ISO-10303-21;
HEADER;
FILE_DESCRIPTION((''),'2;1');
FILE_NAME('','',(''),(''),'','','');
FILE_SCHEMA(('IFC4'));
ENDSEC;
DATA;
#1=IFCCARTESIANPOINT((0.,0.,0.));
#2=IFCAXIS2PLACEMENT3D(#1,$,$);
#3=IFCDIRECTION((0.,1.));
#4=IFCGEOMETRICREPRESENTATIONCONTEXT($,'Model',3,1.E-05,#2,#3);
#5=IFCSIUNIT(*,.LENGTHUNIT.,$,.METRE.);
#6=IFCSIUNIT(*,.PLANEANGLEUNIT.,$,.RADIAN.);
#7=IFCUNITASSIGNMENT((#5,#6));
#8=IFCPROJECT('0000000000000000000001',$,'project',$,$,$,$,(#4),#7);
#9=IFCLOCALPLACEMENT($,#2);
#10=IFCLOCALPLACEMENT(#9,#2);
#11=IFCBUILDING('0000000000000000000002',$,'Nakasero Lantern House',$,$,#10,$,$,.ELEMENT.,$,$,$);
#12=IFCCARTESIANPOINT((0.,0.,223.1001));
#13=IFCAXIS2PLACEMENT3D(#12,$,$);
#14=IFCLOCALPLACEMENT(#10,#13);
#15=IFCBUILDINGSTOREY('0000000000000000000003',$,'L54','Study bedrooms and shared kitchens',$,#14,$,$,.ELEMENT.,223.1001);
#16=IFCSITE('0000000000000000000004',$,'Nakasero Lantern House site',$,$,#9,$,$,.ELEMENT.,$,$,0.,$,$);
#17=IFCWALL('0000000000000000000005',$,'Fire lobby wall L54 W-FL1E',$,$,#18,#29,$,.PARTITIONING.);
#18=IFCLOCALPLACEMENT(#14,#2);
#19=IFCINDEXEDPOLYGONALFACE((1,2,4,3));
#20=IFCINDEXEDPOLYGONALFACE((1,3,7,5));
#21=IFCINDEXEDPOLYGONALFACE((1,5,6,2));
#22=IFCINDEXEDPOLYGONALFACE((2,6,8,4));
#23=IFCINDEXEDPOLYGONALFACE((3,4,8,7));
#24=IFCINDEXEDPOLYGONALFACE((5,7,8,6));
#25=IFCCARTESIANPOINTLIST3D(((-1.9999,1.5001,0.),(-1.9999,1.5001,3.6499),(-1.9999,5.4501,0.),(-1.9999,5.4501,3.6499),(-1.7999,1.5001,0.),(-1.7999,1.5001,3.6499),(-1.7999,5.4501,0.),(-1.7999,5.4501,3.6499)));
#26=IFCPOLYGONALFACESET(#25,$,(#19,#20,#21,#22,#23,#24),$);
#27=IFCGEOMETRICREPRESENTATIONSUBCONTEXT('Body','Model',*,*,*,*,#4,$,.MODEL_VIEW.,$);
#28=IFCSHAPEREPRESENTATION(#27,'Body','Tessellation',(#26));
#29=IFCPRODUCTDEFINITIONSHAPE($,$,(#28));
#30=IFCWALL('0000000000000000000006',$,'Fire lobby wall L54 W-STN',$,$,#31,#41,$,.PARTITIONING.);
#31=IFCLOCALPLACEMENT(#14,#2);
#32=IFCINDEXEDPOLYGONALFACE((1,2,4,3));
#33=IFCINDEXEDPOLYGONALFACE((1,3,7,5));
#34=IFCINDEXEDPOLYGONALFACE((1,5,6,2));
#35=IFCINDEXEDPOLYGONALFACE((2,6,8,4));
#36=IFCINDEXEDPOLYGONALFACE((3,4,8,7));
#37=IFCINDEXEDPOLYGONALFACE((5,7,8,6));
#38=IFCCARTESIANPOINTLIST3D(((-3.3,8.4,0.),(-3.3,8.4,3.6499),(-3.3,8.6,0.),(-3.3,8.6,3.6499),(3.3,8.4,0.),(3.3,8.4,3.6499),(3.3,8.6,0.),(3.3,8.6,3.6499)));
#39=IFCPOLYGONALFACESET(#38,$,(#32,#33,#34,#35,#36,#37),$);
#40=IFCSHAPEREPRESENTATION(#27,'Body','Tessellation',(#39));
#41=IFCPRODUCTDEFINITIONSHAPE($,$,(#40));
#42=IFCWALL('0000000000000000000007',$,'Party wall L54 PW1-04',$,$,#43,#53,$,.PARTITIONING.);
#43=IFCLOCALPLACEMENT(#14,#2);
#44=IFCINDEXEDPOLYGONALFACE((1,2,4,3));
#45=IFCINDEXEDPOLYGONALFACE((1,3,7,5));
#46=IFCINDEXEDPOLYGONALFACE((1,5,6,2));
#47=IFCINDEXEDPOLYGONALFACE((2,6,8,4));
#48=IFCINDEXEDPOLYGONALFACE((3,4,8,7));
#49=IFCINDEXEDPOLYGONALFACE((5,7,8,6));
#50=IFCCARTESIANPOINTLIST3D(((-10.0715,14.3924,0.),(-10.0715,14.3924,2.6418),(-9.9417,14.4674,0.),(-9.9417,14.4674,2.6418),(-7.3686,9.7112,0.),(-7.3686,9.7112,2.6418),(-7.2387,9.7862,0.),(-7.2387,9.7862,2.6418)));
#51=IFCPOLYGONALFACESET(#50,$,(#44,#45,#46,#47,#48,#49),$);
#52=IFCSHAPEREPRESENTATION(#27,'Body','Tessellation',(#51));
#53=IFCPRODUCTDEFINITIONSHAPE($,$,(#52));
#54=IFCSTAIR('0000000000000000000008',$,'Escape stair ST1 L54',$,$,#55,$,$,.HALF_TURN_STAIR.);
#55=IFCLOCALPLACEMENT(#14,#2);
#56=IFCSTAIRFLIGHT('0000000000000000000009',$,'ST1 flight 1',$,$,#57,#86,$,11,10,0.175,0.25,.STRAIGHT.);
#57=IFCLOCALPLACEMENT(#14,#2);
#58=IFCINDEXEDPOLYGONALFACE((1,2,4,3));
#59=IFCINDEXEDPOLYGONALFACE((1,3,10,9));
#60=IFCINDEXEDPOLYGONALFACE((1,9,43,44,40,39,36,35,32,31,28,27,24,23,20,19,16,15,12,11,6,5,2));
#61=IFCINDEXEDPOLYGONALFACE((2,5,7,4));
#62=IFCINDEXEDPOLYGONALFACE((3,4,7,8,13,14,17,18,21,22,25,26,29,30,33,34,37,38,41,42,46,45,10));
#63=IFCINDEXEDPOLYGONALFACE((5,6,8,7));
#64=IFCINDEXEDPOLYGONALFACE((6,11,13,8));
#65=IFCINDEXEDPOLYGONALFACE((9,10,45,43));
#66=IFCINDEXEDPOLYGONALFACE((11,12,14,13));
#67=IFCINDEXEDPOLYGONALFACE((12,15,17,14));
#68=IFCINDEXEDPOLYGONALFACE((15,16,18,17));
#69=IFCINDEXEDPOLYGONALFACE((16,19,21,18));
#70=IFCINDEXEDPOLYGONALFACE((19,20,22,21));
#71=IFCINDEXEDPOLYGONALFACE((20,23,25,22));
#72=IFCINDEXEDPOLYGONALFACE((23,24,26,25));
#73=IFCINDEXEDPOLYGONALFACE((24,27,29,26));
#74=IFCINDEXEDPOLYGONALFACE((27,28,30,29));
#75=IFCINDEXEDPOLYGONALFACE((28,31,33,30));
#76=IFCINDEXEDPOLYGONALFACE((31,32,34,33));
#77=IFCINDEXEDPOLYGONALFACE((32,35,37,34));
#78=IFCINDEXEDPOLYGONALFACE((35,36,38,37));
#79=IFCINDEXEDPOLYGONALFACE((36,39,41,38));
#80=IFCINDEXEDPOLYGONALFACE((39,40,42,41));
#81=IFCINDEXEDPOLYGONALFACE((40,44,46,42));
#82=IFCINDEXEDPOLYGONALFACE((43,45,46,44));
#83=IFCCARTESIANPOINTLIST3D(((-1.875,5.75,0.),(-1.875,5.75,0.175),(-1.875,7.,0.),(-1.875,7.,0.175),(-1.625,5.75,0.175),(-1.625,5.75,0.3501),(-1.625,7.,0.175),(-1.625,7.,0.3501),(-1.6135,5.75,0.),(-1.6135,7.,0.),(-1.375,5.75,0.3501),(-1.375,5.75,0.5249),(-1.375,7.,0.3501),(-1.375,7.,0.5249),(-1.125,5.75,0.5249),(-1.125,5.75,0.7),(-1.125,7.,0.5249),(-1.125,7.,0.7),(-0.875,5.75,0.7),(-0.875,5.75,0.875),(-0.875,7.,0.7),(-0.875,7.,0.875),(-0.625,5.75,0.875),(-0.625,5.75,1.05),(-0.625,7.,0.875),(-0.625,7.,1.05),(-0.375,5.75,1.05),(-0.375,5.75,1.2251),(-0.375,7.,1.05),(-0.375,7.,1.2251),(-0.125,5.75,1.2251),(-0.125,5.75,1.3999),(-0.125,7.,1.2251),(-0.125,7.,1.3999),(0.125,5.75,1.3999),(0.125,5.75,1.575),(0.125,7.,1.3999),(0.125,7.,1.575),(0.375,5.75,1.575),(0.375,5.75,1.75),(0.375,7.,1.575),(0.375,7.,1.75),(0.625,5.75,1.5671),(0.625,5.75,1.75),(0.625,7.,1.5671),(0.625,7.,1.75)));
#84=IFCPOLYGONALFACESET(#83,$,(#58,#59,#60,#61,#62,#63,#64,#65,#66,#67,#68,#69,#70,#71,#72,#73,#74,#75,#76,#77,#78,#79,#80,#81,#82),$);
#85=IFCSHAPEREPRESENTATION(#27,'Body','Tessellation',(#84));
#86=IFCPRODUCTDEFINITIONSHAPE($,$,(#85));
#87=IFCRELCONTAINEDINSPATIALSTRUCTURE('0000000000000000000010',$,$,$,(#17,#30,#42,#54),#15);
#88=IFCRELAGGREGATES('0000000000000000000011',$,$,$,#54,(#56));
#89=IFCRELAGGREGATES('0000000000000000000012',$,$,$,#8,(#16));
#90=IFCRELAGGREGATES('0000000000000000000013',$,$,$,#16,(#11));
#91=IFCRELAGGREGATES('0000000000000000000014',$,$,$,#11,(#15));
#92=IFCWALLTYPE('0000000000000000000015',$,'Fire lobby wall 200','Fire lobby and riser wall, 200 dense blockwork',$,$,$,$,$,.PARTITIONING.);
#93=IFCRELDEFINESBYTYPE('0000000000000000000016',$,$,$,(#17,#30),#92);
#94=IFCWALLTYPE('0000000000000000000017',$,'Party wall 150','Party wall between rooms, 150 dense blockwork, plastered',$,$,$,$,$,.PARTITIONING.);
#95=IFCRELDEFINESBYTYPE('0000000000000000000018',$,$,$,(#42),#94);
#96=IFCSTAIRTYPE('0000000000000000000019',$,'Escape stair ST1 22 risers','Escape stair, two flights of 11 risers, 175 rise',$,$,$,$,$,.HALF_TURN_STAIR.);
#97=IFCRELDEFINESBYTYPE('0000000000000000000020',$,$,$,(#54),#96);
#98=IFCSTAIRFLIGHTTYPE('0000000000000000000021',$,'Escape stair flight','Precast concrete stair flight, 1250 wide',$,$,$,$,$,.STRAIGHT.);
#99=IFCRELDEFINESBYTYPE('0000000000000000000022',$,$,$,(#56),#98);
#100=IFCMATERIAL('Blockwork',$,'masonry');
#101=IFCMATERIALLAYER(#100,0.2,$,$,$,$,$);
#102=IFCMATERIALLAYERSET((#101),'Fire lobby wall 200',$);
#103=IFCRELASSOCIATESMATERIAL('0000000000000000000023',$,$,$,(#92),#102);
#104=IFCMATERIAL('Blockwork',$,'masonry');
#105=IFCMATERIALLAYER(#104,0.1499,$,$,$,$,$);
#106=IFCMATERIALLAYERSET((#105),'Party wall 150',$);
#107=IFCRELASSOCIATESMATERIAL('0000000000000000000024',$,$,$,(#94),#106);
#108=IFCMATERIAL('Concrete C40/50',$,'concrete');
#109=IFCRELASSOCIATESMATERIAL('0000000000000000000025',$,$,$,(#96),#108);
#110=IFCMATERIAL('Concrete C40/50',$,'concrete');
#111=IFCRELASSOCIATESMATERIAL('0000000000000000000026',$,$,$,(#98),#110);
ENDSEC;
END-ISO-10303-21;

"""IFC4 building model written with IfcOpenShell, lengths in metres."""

from ifc_helpers import new_model, si_unit, direction, frame, frame_2d, origin, place, context, subcontext, project, spatial, polyline, rectangle, outline, extrude, material, layer, layer_set, type_object, element, aggregate, save


model = new_model("IFC4")

# Units and contexts
model_context = context("Model", 3, precision=1e-05, world=origin(), true_north=direction((0.0, 1.0)))
body_context = subcontext(model_context, "Body", "Model", "MODEL_VIEW")
ifc_project = project(units=[si_unit("LENGTHUNIT", "METRE"), si_unit("PLANEANGLEUNIT", "RADIAN")], contexts=[model_context])

# Site, building, storey
site_placement = place(None, origin())
site = spatial("IfcSite", under=ifc_project, at=site_placement, Name="Nakasero Lantern House site", CompositionType="ELEMENT", RefElevation=0.0)
building_placement = place(site_placement, origin())
building = spatial("IfcBuilding", under=site, at=building_placement, Name="Nakasero Lantern House", CompositionType="ELEMENT")
storey_placement = place(building_placement, frame((0.0, 0.0, 223.1001)))
storey = spatial("IfcBuildingStorey", under=building, at=storey_placement, Name="L54", Description="Study bedrooms and shared kitchens", CompositionType="ELEMENT", Elevation=223.1001)

# Shared definitions
ifc_material_1 = material(Name="Blockwork", Category="masonry")
ifc_layer_1 = layer(ifc_material_1, 0.2)
ifc_layer_set_1 = layer_set([ifc_layer_1], Name="Fire lobby wall 200")
wall_type_1 = type_object("IfcWallType", Name="Fire lobby wall 200", Description="Fire lobby and riser wall, 200 dense blockwork", PredefinedType="PARTITIONING", material=ifc_layer_set_1)

# Walls
wall_1_placement = place(storey_placement, frame((-1.8999, 1.5, 0.0), z_axis=(0.0, 0.0, 1.0), x_axis=(0.0, 1.0, 0.0)))
element("IfcWall", 1, at=wall_1_placement, inside=storey, type_object=wall_type_1, Name="Fire lobby wall L54 W-FL1E", PredefinedType="PARTITIONING", context=body_context, shape_type="SweptSolid", body=[
    extrude(rectangle(XDim=3.95, YDim=0.2, at=frame_2d((1.9751, 0.0))), origin(), (0.0, 0.0, 1.0), 3.6499),
])
wall_2_placement = place(storey_placement, frame((-3.3, 8.5, 0.0), z_axis=(0.0, 0.0, 1.0), x_axis=(1.0, 0.0, 0.0)))
element("IfcWall", 2, at=wall_2_placement, inside=storey, type_object=wall_type_1, Name="Fire lobby wall L54 W-STN", PredefinedType="PARTITIONING", context=body_context, shape_type="SweptSolid", body=[
    extrude(rectangle(XDim=6.6001, YDim=0.2, at=frame_2d((3.3, 0.0))), origin(), (0.0, 0.0, 1.0), 3.6499),
])
ifc_material_2 = material(Name="Blockwork", Category="masonry")
ifc_layer_2 = layer(ifc_material_2, 0.1499)
ifc_layer_set_2 = layer_set([ifc_layer_2], Name="Party wall 150")
wall_type_2 = type_object("IfcWallType", Name="Party wall 150", Description="Party wall between rooms, 150 dense blockwork, plastered", PredefinedType="PARTITIONING", material=ifc_layer_set_2)
wall_3_placement = place(storey_placement, frame((-7.3037, 9.7488, 0.0), z_axis=(0.0, 0.0, 1.0), x_axis=(-0.50003, 0.866008, 0.0)))
element("IfcWall", 3, at=wall_3_placement, inside=storey, type_object=wall_type_2, Name="Party wall L54 PW1-04", PredefinedType="PARTITIONING", context=body_context, shape_type="SweptSolid", body=[
    extrude(rectangle(XDim=5.4055, YDim=0.1499, at=frame_2d((2.7026, 0.0))), origin(), (0.0, 0.0, 1.0), 2.6418),
])

# Stair, stair flight
ifc_material_3 = material(Name="Concrete C40/50", Category="concrete")
stair_type = type_object("IfcStairType", Name="Escape stair ST1 22 risers", Description="Escape stair, two flights of 11 risers, 175 rise", PredefinedType="HALF_TURN_STAIR", material=ifc_material_3)
stair_placement = place(storey_placement, origin())
stair = element("IfcStair", 4, at=stair_placement, inside=storey, type_object=stair_type, Name="Escape stair ST1 L54", PredefinedType="HALF_TURN_STAIR")
ifc_material_4 = material(Name="Concrete C40/50", Category="concrete")
stair_flight_type = type_object("IfcStairFlightType", Name="Escape stair flight", Description="Precast concrete stair flight, 1250 wide", PredefinedType="STRAIGHT", material=ifc_material_4)
stair_flight_placement = place(storey_placement, frame((-1.875, 6.375, 0.0), z_axis=(0.0, 0.0, 1.0), x_axis=(1.0, 0.0, 0.0)))
stair_flight = element("IfcStairFlight", 5, at=stair_flight_placement, type_object=stair_flight_type, Name="ST1 flight 1", NumberOfRisers=11, NumberOfTreads=10, PredefinedType="STRAIGHT", RiserHeight=0.175, TreadLength=0.25, context=body_context, shape_type="SweptSolid", body=[
    extrude(outline(polyline([(0.0, 0.0), (0.0, 0.175), (0.25, 0.175), (0.25, 0.3501), (0.5, 0.3501), (0.5, 0.5249), (0.75, 0.5249), (0.75, 0.7), (1.0, 0.7), (1.0, 0.875), (1.25, 0.875), (1.25, 1.05), (1.5, 1.05), (1.5, 1.2251), (1.75, 1.2251), (1.75, 1.3999), (2.0, 1.3999), (2.0, 1.575), (2.25, 1.575), (2.25, 1.75), (2.5, 1.75), (2.5, 1.925), (2.5, 1.5671), (0.2615, 0.0), (0.0, 0.0)])), frame((0.0, 0.625, 0.0), z_axis=(0.0, -1.0, 0.0), x_axis=(1.0, 0.0, 0.0)), (0.0, 0.0, 1.0), 1.25),
])
aggregate(stair, [stair_flight])

save(model, "model.ifc")
